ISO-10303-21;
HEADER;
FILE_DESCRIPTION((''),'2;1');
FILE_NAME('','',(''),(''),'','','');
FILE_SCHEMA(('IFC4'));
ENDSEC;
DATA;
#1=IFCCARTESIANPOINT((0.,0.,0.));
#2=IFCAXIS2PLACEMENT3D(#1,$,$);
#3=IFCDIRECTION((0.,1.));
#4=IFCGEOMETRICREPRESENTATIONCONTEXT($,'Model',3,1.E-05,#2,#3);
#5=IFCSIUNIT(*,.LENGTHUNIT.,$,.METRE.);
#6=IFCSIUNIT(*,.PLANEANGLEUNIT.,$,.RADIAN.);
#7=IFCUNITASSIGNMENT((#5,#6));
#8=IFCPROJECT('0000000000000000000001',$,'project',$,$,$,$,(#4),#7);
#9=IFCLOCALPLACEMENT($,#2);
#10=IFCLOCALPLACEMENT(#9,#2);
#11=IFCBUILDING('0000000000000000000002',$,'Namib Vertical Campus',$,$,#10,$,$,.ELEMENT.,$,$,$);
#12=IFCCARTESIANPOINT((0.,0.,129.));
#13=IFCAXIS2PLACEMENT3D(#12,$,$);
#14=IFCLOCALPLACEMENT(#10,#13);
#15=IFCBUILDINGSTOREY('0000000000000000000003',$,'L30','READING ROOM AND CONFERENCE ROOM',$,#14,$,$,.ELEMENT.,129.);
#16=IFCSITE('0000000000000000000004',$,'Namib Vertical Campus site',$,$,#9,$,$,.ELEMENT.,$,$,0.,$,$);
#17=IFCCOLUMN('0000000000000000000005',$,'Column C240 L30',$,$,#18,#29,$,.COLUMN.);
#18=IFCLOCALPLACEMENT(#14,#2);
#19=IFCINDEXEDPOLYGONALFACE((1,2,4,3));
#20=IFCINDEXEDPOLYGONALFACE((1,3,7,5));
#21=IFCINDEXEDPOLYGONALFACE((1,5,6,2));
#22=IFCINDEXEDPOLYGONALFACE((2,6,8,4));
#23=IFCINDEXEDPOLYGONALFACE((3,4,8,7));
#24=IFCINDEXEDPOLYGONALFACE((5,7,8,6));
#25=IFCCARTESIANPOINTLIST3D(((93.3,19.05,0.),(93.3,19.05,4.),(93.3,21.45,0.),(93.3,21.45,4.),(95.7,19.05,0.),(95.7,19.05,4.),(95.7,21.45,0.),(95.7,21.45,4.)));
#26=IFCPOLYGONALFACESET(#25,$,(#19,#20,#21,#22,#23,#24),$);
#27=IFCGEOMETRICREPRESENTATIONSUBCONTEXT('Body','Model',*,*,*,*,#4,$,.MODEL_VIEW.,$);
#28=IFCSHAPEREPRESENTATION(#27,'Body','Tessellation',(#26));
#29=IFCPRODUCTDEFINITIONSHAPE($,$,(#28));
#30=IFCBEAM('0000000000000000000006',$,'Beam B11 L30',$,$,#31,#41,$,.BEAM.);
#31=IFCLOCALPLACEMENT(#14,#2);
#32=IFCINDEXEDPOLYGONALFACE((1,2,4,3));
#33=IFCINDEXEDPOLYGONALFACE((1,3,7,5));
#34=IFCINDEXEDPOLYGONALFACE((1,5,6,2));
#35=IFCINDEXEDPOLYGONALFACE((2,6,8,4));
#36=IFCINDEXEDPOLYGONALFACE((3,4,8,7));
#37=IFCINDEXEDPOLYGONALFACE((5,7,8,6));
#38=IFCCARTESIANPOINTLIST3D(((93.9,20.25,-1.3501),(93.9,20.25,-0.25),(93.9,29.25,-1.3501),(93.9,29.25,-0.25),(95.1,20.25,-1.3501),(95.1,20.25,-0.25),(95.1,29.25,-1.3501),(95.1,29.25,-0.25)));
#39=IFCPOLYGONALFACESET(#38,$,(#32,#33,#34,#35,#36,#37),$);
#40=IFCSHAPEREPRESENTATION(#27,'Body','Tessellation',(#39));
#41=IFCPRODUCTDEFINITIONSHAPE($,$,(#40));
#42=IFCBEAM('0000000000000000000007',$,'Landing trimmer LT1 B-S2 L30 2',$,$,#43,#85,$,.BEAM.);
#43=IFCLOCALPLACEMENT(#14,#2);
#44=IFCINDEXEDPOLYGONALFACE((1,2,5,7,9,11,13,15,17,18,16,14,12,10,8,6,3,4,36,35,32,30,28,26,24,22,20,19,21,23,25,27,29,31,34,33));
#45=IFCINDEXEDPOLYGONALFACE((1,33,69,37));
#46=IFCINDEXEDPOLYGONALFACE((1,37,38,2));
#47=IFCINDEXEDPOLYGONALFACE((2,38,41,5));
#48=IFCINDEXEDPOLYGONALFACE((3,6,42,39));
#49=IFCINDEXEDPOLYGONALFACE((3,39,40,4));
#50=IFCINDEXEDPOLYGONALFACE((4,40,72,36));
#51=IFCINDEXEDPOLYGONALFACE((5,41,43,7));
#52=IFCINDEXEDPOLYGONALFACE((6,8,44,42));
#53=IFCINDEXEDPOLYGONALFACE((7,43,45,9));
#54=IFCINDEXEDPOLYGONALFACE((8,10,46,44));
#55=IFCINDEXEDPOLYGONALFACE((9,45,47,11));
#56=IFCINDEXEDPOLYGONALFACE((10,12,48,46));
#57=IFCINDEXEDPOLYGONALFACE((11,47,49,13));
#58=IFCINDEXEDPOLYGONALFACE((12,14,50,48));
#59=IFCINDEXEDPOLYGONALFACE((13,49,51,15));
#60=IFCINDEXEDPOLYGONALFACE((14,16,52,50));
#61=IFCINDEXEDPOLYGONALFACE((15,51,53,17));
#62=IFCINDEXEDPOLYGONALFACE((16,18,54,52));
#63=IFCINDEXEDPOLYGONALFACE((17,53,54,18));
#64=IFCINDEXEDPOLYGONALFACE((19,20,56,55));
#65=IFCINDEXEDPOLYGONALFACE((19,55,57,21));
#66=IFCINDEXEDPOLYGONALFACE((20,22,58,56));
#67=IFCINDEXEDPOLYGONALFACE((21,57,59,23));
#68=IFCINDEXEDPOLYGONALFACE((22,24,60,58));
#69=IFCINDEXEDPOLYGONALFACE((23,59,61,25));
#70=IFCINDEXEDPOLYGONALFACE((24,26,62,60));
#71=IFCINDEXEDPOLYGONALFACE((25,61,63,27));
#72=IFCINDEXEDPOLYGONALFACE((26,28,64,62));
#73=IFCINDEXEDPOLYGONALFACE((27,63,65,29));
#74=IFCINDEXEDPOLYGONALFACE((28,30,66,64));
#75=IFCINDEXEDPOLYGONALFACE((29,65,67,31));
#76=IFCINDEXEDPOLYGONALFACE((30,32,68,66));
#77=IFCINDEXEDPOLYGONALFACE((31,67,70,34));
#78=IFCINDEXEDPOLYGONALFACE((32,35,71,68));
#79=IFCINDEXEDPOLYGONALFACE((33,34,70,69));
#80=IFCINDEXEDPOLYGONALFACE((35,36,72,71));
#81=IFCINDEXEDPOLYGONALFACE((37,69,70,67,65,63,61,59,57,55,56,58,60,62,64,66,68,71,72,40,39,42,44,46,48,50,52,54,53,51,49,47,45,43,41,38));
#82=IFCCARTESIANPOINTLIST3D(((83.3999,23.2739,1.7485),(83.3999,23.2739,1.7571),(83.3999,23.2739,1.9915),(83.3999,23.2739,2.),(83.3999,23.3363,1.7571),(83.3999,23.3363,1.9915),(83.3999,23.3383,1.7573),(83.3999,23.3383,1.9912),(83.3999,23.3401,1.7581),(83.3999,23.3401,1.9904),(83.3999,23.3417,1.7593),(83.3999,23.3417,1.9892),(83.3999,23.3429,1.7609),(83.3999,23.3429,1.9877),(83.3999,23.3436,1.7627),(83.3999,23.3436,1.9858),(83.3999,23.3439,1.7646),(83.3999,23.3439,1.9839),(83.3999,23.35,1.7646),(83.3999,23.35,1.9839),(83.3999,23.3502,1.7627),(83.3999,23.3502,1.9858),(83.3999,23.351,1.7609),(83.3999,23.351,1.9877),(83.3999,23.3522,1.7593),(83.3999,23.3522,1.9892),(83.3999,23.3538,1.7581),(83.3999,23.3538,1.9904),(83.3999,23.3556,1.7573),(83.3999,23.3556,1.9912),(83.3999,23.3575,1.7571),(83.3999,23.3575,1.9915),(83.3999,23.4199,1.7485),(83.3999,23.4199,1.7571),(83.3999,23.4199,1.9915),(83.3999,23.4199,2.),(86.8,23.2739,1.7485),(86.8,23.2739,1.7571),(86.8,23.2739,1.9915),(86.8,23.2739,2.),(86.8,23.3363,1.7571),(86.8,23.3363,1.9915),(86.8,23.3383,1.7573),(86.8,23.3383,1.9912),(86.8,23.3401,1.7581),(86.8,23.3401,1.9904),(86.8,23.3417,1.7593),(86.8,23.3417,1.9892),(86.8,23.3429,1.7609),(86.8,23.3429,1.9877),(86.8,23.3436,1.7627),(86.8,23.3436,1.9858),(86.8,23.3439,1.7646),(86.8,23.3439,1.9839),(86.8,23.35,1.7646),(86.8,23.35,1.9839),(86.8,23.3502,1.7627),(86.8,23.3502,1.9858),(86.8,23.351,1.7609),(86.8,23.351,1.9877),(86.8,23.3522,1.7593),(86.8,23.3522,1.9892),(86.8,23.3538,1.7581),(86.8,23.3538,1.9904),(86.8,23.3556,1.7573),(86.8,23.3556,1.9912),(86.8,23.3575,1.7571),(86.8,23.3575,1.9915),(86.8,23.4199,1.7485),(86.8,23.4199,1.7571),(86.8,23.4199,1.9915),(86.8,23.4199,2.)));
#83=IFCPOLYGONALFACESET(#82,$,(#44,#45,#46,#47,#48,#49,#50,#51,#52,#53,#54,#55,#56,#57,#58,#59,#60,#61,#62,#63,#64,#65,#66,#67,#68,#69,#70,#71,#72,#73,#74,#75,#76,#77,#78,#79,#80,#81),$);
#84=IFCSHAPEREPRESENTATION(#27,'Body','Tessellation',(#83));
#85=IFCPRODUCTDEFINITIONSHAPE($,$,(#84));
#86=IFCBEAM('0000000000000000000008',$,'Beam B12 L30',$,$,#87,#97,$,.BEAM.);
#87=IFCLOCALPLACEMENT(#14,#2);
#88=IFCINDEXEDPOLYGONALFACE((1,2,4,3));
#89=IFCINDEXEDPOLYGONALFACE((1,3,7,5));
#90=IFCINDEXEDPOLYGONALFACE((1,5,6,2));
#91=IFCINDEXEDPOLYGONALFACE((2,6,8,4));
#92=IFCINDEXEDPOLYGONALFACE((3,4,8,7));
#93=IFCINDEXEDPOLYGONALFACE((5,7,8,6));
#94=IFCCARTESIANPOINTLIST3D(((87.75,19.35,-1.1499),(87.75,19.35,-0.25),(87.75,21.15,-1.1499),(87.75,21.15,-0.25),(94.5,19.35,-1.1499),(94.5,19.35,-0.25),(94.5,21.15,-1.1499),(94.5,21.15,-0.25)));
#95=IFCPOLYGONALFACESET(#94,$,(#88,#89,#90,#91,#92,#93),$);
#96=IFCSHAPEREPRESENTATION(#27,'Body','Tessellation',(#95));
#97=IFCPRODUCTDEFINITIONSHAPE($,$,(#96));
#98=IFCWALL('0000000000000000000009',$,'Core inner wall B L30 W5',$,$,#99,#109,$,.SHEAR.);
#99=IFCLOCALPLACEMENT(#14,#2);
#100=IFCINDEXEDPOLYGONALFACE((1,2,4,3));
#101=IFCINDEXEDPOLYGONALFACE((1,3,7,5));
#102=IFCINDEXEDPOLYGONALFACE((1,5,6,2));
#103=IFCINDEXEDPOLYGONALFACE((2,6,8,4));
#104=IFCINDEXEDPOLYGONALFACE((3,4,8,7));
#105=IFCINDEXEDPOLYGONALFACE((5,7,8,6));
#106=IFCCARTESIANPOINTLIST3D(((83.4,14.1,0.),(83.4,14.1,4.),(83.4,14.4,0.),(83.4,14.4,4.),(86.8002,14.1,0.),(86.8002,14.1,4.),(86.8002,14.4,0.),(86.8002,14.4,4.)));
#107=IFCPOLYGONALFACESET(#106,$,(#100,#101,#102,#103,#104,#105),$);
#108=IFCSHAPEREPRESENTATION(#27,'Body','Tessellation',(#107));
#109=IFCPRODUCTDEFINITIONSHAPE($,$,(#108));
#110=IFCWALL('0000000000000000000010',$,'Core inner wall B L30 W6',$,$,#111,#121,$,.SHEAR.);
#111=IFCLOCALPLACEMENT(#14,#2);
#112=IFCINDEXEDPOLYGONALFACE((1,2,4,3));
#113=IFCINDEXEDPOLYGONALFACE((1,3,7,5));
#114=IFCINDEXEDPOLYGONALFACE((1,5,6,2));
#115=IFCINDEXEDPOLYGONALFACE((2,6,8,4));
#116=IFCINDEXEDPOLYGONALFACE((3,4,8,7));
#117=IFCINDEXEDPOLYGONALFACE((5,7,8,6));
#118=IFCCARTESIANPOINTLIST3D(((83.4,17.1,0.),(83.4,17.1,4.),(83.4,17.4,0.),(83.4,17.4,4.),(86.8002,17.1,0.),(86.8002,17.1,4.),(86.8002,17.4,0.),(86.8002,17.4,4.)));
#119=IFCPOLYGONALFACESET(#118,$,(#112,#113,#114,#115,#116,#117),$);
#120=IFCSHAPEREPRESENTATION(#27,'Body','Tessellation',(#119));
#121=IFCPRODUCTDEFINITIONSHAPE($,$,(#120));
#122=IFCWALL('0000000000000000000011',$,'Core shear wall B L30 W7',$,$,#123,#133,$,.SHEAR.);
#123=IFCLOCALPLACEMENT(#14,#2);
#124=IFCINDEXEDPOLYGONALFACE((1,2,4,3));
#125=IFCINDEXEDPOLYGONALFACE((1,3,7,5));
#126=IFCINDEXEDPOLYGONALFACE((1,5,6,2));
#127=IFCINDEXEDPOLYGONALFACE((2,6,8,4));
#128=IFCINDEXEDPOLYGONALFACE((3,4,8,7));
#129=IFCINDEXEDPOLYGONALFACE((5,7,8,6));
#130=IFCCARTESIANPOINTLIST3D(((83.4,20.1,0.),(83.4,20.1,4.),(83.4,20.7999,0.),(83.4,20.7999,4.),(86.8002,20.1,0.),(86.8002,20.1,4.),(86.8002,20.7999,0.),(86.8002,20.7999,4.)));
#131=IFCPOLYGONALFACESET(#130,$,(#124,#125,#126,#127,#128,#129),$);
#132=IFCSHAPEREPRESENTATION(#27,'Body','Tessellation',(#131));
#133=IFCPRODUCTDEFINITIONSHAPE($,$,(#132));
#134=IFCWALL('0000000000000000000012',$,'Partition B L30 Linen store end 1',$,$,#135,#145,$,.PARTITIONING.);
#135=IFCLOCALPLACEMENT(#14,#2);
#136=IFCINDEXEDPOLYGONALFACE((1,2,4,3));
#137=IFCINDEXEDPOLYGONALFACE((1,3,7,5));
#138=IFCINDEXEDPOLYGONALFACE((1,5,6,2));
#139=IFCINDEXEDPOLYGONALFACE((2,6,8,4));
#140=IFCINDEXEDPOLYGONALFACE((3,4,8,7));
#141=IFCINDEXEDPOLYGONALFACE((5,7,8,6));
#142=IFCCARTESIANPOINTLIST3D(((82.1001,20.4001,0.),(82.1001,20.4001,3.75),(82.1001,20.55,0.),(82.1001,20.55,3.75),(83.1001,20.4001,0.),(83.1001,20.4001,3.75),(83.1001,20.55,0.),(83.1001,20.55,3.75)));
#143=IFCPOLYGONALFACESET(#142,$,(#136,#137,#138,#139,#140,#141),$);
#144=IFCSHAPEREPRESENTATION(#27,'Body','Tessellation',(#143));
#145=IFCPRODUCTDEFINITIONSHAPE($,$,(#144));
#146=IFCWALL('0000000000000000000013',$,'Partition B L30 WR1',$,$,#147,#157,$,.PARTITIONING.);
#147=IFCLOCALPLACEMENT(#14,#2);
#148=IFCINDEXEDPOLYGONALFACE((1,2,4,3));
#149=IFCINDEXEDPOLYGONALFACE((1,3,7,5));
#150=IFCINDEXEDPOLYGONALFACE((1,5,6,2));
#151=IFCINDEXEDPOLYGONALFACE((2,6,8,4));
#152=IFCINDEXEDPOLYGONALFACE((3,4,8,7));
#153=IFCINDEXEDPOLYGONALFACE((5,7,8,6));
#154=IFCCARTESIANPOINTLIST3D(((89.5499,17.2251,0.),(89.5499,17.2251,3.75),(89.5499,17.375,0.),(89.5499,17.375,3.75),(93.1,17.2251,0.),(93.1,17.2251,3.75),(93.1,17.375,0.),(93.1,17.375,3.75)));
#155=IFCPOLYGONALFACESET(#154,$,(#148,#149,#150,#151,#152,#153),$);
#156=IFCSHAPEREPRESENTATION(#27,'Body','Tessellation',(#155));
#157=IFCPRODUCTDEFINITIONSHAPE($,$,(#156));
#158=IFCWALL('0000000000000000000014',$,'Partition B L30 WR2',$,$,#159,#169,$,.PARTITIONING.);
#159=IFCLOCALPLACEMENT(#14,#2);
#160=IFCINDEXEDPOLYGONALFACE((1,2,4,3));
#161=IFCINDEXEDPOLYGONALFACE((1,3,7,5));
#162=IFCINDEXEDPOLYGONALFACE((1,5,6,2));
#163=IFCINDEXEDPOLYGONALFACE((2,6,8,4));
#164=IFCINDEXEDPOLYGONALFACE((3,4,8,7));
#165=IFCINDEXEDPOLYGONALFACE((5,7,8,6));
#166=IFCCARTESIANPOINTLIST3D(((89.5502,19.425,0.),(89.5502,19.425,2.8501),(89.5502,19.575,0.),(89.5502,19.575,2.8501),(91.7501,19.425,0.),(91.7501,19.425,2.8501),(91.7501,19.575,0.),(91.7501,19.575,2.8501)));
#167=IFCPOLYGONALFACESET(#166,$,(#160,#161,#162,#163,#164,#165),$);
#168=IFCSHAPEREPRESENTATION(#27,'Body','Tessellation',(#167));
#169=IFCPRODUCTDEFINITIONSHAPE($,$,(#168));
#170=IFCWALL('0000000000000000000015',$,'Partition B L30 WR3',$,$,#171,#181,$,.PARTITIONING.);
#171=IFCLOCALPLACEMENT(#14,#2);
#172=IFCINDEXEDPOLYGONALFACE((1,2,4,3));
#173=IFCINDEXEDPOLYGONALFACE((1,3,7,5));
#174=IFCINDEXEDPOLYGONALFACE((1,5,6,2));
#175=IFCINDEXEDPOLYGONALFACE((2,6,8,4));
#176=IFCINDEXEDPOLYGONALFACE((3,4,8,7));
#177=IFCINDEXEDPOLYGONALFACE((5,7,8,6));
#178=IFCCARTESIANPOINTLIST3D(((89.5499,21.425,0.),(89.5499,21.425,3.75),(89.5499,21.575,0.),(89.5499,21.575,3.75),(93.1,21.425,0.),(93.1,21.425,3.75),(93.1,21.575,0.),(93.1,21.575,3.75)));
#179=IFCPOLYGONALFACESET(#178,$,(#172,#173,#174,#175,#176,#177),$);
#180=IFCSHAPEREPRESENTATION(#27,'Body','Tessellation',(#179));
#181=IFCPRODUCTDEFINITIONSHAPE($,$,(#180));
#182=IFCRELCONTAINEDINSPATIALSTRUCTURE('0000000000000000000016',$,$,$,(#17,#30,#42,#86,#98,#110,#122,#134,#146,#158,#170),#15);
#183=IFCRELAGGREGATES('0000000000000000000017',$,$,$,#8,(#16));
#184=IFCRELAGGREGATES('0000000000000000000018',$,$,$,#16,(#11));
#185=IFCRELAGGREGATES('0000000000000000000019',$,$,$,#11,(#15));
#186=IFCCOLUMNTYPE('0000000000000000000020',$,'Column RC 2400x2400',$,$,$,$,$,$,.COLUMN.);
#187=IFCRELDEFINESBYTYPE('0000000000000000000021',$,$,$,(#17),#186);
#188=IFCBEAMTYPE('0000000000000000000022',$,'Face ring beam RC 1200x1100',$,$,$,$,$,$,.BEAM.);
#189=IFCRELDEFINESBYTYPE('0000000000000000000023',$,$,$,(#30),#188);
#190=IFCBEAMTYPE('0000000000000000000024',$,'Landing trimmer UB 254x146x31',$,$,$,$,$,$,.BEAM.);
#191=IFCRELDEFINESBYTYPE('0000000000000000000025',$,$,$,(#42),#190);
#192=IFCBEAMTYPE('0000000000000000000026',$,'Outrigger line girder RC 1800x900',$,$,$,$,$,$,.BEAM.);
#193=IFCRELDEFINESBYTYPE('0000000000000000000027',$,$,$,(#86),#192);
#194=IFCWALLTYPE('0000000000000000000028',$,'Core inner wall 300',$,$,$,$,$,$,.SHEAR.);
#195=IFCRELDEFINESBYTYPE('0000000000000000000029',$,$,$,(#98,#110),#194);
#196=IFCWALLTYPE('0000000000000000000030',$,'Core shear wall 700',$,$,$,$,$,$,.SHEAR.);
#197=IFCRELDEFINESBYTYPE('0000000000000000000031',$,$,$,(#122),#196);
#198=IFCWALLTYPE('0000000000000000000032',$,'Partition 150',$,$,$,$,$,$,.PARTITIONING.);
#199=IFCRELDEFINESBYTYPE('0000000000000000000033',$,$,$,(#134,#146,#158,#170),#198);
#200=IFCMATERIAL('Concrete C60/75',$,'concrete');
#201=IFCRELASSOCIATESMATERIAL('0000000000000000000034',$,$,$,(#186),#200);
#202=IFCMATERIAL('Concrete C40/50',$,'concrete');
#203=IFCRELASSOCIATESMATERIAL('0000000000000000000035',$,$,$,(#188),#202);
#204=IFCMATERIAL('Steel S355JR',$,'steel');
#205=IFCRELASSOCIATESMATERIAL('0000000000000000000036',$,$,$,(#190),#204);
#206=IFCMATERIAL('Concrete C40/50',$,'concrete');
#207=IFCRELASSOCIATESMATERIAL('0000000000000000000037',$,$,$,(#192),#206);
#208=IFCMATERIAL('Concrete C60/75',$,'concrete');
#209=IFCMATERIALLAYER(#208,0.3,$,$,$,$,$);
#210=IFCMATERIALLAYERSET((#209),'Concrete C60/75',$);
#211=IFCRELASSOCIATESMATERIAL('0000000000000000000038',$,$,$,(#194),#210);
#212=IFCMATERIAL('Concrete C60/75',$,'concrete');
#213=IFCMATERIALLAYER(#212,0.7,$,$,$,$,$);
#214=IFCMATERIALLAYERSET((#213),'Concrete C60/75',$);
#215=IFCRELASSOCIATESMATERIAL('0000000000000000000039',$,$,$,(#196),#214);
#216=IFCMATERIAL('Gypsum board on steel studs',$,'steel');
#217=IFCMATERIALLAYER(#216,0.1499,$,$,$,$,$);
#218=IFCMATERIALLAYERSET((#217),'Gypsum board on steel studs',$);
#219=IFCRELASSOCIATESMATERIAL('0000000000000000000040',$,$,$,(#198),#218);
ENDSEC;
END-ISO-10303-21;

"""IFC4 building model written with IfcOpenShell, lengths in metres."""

from ifc_helpers import new_model, si_unit, direction, frame, frame_2d, origin, origin_2d, place, context, subcontext, project, spatial, rectangle, i_section, extrude, material, layer, layer_set, material_profile, profile_set, type_object, element, save


model = new_model("IFC4")

# Units and contexts
model_context = context("Model", 3, precision=1e-05, world=origin(), true_north=direction((0.0, 1.0)))
body_context = subcontext(model_context, "Body", "Model", "MODEL_VIEW")
ifc_project = project(units=[si_unit("LENGTHUNIT", "METRE"), si_unit("PLANEANGLEUNIT", "RADIAN")], contexts=[model_context])

# Site, building, storey
site_placement = place(None, origin())
site = spatial("IfcSite", under=ifc_project, at=site_placement, Name="Namib Vertical Campus site", CompositionType="ELEMENT", RefElevation=0.0)
building_placement = place(site_placement, origin())
building = spatial("IfcBuilding", under=site, at=building_placement, Name="Namib Vertical Campus", CompositionType="ELEMENT")
storey_placement = place(building_placement, frame((0.0, 0.0, 129.0)))
storey = spatial("IfcBuildingStorey", under=building, at=storey_placement, Name="L30", Description="READING ROOM AND CONFERENCE ROOM", CompositionType="ELEMENT", Elevation=129.0)

# Column
ifc_material_1 = material(Name="Concrete C60/75", Category="concrete")
ifc_material_profile_1 = material_profile(ifc_material_1, rectangle(XDim=2.3999, YDim=2.3999, at=origin_2d()))
ifc_profile_set_1 = profile_set([ifc_material_profile_1], Name="Concrete C60/75")
column_type = type_object("IfcColumnType", Name="Column RC 2400x2400", PredefinedType="COLUMN", material=ifc_profile_set_1)
column_placement = place(storey_placement, frame((94.5, 20.25, 0.0), z_axis=(0.0, 0.0, 1.0), x_axis=(1.0, 0.0, 0.0)))
element("IfcColumn", 1, at=column_placement, inside=storey, type_object=column_type, Name="Column C240 L30", PredefinedType="COLUMN", context=body_context, shape_type="SweptSolid", body=[
    extrude(rectangle(XDim=2.3999, YDim=2.3999, at=origin_2d()), origin(), (0.0, 0.0, 1.0), 4.0),
])

# Beams
ifc_material_2 = material(Name="Concrete C40/50", Category="concrete")
ifc_material_profile_2 = material_profile(ifc_material_2, rectangle(XDim=1.2, YDim=1.1001, at=origin_2d()))
ifc_profile_set_2 = profile_set([ifc_material_profile_2], Name="Concrete C40/50")
beam_type_1 = type_object("IfcBeamType", Name="Face ring beam RC 1200x1100", PredefinedType="BEAM", material=ifc_profile_set_2)
beam_1_placement = place(storey_placement, frame((94.5, 20.25, -0.8), z_axis=(0.0, 1.0, 0.0), x_axis=(-1.0, 0.0, 0.0)))
element("IfcBeam", 2, at=beam_1_placement, inside=storey, type_object=beam_type_1, Name="Beam B11 L30", PredefinedType="BEAM", context=body_context, shape_type="SweptSolid", body=[
    extrude(rectangle(XDim=1.2, YDim=1.1001, at=origin_2d()), origin(), (0.0, 0.0, 1.0), 9.0),
])
ifc_material_3 = material(Name="Steel S355JR", Category="steel")
ifc_material_profile_3 = material_profile(ifc_material_3, i_section(OverallWidth=0.146, OverallDepth=0.2515, WebThickness=0.0061, FlangeThickness=0.0085, FilletRadius=0.0076, at=origin_2d()))
ifc_profile_set_3 = profile_set([ifc_material_profile_3], Name="Steel S355JR")
beam_type_2 = type_object("IfcBeamType", Name="Landing trimmer UB 254x146x31", PredefinedType="BEAM", material=ifc_profile_set_3)
beam_2_placement = place(storey_placement, frame((83.3999, 23.3469, 1.8743), z_axis=(1.0, 0.0, 0.0), x_axis=(0.0, 1.0, 0.0)))
element("IfcBeam", 3, at=beam_2_placement, inside=storey, type_object=beam_type_2, Name="Landing trimmer LT1 B-S2 L30 2", PredefinedType="BEAM", context=body_context, shape_type="SweptSolid", body=[
    extrude(i_section(OverallWidth=0.146, OverallDepth=0.2515, WebThickness=0.0061, FlangeThickness=0.0085, FilletRadius=0.0076, at=origin_2d()), origin(), (0.0, 0.0, 1.0), 3.4001),
])
ifc_material_4 = material(Name="Concrete C40/50", Category="concrete")
ifc_material_profile_4 = material_profile(ifc_material_4, rectangle(XDim=1.8, YDim=0.8999, at=origin_2d()))
ifc_profile_set_4 = profile_set([ifc_material_profile_4], Name="Concrete C40/50")
beam_type_3 = type_object("IfcBeamType", Name="Outrigger line girder RC 1800x900", PredefinedType="BEAM", material=ifc_profile_set_4)
beam_3_placement = place(storey_placement, frame((94.5, 20.25, -0.7), z_axis=(-1.0, 0.0, 0.0), x_axis=(0.0, -1.0, 0.0)))
element("IfcBeam", 4, at=beam_3_placement, inside=storey, type_object=beam_type_3, Name="Beam B12 L30", PredefinedType="BEAM", context=body_context, shape_type="SweptSolid", body=[
    extrude(rectangle(XDim=1.8, YDim=0.8999, at=origin_2d()), origin(), (0.0, 0.0, 1.0), 6.75),
])

# Walls
ifc_material_5 = material(Name="Concrete C60/75", Category="concrete")
ifc_layer_1 = layer(ifc_material_5, 0.3)
ifc_layer_set_1 = layer_set([ifc_layer_1], Name="Concrete C60/75")
wall_type_1 = type_object("IfcWallType", Name="Core inner wall 300", PredefinedType="SHEAR", material=ifc_layer_set_1)
for number, where, z_axis, x_axis, name in (
    (5, (83.3999, 14.25, 0.0), (0.0, 0.0, 1.0), (1.0, 0.0, 0.0), "Core inner wall B L30 W5"),
    (6, (83.3999, 17.25, 0.0), (0.0, 0.0, 1.0), (1.0, 0.0, 0.0), "Core inner wall B L30 W6"),
):
    element("IfcWall", number, at=place(storey_placement, frame(where, z_axis=z_axis, x_axis=x_axis)), inside=storey, type_object=wall_type_1, Name=name, PredefinedType="SHEAR", context=body_context, shape_type="SweptSolid", body=[
        extrude(rectangle(XDim=3.4001, YDim=0.3, at=frame_2d((1.7002, 0.0))), origin(), (0.0, 0.0, 1.0), 4.0),
    ])
ifc_material_6 = material(Name="Concrete C60/75", Category="concrete")
ifc_layer_2 = layer(ifc_material_6, 0.7)
ifc_layer_set_2 = layer_set([ifc_layer_2], Name="Concrete C60/75")
wall_type_2 = type_object("IfcWallType", Name="Core shear wall 700", PredefinedType="SHEAR", material=ifc_layer_set_2)
wall_1_placement = place(storey_placement, frame((83.3999, 20.45, 0.0), z_axis=(0.0, 0.0, 1.0), x_axis=(1.0, 0.0, 0.0)))
element("IfcWall", 7, at=wall_1_placement, inside=storey, type_object=wall_type_2, Name="Core shear wall B L30 W7", PredefinedType="SHEAR", context=body_context, shape_type="SweptSolid", body=[
    extrude(rectangle(XDim=3.4001, YDim=0.7, at=frame_2d((1.7002, 0.0))), origin(), (0.0, 0.0, 1.0), 4.0),
])
ifc_material_7 = material(Name="Gypsum board on steel studs", Category="steel")
ifc_layer_3 = layer(ifc_material_7, 0.1499)
ifc_layer_set_3 = layer_set([ifc_layer_3], Name="Gypsum board on steel studs")
wall_type_3 = type_object("IfcWallType", Name="Partition 150", PredefinedType="PARTITIONING", material=ifc_layer_set_3)
wall_2_placement = place(storey_placement, frame((82.1001, 20.4751, 0.0), z_axis=(0.0, 0.0, 1.0), x_axis=(1.0, 0.0, 0.0)))
element("IfcWall", 8, at=wall_2_placement, inside=storey, type_object=wall_type_3, Name="Partition B L30 Linen store end 1", PredefinedType="PARTITIONING", context=body_context, shape_type="SweptSolid", body=[
    extrude(rectangle(XDim=1.0, YDim=0.1499, at=frame_2d((0.5, 0.0))), origin(), (0.0, 0.0, 1.0), 3.75),
])
wall_3_placement = place(storey_placement, frame((89.55, 17.3, 0.0), z_axis=(0.0, 0.0, 1.0), x_axis=(1.0, 0.0, 0.0)))
element("IfcWall", 9, at=wall_3_placement, inside=storey, type_object=wall_type_3, Name="Partition B L30 WR1", PredefinedType="PARTITIONING", context=body_context, shape_type="SweptSolid", body=[
    extrude(rectangle(XDim=3.55, YDim=0.1499, at=frame_2d((1.7749, 0.0))), origin(), (0.0, 0.0, 1.0), 3.75),
])
wall_4_placement = place(storey_placement, frame((89.55, 19.5, 0.0), z_axis=(0.0, 0.0, 1.0), x_axis=(1.0, 0.0, 0.0)))
element("IfcWall", 10, at=wall_4_placement, inside=storey, type_object=wall_type_3, Name="Partition B L30 WR2", PredefinedType="PARTITIONING", context=body_context, shape_type="SweptSolid", body=[
    extrude(rectangle(XDim=2.2, YDim=0.1499, at=frame_2d((1.1001, 0.0))), origin(), (0.0, 0.0, 1.0), 2.8501),
])
wall_5_placement = place(storey_placement, frame((89.55, 21.5, 0.0), z_axis=(0.0, 0.0, 1.0), x_axis=(1.0, 0.0, 0.0)))
element("IfcWall", 11, at=wall_5_placement, inside=storey, type_object=wall_type_3, Name="Partition B L30 WR3", PredefinedType="PARTITIONING", context=body_context, shape_type="SweptSolid", body=[
    extrude(rectangle(XDim=3.55, YDim=0.1499, at=frame_2d((1.7749, 0.0))), origin(), (0.0, 0.0, 1.0), 3.75),
])

save(model, "model.ifc")
